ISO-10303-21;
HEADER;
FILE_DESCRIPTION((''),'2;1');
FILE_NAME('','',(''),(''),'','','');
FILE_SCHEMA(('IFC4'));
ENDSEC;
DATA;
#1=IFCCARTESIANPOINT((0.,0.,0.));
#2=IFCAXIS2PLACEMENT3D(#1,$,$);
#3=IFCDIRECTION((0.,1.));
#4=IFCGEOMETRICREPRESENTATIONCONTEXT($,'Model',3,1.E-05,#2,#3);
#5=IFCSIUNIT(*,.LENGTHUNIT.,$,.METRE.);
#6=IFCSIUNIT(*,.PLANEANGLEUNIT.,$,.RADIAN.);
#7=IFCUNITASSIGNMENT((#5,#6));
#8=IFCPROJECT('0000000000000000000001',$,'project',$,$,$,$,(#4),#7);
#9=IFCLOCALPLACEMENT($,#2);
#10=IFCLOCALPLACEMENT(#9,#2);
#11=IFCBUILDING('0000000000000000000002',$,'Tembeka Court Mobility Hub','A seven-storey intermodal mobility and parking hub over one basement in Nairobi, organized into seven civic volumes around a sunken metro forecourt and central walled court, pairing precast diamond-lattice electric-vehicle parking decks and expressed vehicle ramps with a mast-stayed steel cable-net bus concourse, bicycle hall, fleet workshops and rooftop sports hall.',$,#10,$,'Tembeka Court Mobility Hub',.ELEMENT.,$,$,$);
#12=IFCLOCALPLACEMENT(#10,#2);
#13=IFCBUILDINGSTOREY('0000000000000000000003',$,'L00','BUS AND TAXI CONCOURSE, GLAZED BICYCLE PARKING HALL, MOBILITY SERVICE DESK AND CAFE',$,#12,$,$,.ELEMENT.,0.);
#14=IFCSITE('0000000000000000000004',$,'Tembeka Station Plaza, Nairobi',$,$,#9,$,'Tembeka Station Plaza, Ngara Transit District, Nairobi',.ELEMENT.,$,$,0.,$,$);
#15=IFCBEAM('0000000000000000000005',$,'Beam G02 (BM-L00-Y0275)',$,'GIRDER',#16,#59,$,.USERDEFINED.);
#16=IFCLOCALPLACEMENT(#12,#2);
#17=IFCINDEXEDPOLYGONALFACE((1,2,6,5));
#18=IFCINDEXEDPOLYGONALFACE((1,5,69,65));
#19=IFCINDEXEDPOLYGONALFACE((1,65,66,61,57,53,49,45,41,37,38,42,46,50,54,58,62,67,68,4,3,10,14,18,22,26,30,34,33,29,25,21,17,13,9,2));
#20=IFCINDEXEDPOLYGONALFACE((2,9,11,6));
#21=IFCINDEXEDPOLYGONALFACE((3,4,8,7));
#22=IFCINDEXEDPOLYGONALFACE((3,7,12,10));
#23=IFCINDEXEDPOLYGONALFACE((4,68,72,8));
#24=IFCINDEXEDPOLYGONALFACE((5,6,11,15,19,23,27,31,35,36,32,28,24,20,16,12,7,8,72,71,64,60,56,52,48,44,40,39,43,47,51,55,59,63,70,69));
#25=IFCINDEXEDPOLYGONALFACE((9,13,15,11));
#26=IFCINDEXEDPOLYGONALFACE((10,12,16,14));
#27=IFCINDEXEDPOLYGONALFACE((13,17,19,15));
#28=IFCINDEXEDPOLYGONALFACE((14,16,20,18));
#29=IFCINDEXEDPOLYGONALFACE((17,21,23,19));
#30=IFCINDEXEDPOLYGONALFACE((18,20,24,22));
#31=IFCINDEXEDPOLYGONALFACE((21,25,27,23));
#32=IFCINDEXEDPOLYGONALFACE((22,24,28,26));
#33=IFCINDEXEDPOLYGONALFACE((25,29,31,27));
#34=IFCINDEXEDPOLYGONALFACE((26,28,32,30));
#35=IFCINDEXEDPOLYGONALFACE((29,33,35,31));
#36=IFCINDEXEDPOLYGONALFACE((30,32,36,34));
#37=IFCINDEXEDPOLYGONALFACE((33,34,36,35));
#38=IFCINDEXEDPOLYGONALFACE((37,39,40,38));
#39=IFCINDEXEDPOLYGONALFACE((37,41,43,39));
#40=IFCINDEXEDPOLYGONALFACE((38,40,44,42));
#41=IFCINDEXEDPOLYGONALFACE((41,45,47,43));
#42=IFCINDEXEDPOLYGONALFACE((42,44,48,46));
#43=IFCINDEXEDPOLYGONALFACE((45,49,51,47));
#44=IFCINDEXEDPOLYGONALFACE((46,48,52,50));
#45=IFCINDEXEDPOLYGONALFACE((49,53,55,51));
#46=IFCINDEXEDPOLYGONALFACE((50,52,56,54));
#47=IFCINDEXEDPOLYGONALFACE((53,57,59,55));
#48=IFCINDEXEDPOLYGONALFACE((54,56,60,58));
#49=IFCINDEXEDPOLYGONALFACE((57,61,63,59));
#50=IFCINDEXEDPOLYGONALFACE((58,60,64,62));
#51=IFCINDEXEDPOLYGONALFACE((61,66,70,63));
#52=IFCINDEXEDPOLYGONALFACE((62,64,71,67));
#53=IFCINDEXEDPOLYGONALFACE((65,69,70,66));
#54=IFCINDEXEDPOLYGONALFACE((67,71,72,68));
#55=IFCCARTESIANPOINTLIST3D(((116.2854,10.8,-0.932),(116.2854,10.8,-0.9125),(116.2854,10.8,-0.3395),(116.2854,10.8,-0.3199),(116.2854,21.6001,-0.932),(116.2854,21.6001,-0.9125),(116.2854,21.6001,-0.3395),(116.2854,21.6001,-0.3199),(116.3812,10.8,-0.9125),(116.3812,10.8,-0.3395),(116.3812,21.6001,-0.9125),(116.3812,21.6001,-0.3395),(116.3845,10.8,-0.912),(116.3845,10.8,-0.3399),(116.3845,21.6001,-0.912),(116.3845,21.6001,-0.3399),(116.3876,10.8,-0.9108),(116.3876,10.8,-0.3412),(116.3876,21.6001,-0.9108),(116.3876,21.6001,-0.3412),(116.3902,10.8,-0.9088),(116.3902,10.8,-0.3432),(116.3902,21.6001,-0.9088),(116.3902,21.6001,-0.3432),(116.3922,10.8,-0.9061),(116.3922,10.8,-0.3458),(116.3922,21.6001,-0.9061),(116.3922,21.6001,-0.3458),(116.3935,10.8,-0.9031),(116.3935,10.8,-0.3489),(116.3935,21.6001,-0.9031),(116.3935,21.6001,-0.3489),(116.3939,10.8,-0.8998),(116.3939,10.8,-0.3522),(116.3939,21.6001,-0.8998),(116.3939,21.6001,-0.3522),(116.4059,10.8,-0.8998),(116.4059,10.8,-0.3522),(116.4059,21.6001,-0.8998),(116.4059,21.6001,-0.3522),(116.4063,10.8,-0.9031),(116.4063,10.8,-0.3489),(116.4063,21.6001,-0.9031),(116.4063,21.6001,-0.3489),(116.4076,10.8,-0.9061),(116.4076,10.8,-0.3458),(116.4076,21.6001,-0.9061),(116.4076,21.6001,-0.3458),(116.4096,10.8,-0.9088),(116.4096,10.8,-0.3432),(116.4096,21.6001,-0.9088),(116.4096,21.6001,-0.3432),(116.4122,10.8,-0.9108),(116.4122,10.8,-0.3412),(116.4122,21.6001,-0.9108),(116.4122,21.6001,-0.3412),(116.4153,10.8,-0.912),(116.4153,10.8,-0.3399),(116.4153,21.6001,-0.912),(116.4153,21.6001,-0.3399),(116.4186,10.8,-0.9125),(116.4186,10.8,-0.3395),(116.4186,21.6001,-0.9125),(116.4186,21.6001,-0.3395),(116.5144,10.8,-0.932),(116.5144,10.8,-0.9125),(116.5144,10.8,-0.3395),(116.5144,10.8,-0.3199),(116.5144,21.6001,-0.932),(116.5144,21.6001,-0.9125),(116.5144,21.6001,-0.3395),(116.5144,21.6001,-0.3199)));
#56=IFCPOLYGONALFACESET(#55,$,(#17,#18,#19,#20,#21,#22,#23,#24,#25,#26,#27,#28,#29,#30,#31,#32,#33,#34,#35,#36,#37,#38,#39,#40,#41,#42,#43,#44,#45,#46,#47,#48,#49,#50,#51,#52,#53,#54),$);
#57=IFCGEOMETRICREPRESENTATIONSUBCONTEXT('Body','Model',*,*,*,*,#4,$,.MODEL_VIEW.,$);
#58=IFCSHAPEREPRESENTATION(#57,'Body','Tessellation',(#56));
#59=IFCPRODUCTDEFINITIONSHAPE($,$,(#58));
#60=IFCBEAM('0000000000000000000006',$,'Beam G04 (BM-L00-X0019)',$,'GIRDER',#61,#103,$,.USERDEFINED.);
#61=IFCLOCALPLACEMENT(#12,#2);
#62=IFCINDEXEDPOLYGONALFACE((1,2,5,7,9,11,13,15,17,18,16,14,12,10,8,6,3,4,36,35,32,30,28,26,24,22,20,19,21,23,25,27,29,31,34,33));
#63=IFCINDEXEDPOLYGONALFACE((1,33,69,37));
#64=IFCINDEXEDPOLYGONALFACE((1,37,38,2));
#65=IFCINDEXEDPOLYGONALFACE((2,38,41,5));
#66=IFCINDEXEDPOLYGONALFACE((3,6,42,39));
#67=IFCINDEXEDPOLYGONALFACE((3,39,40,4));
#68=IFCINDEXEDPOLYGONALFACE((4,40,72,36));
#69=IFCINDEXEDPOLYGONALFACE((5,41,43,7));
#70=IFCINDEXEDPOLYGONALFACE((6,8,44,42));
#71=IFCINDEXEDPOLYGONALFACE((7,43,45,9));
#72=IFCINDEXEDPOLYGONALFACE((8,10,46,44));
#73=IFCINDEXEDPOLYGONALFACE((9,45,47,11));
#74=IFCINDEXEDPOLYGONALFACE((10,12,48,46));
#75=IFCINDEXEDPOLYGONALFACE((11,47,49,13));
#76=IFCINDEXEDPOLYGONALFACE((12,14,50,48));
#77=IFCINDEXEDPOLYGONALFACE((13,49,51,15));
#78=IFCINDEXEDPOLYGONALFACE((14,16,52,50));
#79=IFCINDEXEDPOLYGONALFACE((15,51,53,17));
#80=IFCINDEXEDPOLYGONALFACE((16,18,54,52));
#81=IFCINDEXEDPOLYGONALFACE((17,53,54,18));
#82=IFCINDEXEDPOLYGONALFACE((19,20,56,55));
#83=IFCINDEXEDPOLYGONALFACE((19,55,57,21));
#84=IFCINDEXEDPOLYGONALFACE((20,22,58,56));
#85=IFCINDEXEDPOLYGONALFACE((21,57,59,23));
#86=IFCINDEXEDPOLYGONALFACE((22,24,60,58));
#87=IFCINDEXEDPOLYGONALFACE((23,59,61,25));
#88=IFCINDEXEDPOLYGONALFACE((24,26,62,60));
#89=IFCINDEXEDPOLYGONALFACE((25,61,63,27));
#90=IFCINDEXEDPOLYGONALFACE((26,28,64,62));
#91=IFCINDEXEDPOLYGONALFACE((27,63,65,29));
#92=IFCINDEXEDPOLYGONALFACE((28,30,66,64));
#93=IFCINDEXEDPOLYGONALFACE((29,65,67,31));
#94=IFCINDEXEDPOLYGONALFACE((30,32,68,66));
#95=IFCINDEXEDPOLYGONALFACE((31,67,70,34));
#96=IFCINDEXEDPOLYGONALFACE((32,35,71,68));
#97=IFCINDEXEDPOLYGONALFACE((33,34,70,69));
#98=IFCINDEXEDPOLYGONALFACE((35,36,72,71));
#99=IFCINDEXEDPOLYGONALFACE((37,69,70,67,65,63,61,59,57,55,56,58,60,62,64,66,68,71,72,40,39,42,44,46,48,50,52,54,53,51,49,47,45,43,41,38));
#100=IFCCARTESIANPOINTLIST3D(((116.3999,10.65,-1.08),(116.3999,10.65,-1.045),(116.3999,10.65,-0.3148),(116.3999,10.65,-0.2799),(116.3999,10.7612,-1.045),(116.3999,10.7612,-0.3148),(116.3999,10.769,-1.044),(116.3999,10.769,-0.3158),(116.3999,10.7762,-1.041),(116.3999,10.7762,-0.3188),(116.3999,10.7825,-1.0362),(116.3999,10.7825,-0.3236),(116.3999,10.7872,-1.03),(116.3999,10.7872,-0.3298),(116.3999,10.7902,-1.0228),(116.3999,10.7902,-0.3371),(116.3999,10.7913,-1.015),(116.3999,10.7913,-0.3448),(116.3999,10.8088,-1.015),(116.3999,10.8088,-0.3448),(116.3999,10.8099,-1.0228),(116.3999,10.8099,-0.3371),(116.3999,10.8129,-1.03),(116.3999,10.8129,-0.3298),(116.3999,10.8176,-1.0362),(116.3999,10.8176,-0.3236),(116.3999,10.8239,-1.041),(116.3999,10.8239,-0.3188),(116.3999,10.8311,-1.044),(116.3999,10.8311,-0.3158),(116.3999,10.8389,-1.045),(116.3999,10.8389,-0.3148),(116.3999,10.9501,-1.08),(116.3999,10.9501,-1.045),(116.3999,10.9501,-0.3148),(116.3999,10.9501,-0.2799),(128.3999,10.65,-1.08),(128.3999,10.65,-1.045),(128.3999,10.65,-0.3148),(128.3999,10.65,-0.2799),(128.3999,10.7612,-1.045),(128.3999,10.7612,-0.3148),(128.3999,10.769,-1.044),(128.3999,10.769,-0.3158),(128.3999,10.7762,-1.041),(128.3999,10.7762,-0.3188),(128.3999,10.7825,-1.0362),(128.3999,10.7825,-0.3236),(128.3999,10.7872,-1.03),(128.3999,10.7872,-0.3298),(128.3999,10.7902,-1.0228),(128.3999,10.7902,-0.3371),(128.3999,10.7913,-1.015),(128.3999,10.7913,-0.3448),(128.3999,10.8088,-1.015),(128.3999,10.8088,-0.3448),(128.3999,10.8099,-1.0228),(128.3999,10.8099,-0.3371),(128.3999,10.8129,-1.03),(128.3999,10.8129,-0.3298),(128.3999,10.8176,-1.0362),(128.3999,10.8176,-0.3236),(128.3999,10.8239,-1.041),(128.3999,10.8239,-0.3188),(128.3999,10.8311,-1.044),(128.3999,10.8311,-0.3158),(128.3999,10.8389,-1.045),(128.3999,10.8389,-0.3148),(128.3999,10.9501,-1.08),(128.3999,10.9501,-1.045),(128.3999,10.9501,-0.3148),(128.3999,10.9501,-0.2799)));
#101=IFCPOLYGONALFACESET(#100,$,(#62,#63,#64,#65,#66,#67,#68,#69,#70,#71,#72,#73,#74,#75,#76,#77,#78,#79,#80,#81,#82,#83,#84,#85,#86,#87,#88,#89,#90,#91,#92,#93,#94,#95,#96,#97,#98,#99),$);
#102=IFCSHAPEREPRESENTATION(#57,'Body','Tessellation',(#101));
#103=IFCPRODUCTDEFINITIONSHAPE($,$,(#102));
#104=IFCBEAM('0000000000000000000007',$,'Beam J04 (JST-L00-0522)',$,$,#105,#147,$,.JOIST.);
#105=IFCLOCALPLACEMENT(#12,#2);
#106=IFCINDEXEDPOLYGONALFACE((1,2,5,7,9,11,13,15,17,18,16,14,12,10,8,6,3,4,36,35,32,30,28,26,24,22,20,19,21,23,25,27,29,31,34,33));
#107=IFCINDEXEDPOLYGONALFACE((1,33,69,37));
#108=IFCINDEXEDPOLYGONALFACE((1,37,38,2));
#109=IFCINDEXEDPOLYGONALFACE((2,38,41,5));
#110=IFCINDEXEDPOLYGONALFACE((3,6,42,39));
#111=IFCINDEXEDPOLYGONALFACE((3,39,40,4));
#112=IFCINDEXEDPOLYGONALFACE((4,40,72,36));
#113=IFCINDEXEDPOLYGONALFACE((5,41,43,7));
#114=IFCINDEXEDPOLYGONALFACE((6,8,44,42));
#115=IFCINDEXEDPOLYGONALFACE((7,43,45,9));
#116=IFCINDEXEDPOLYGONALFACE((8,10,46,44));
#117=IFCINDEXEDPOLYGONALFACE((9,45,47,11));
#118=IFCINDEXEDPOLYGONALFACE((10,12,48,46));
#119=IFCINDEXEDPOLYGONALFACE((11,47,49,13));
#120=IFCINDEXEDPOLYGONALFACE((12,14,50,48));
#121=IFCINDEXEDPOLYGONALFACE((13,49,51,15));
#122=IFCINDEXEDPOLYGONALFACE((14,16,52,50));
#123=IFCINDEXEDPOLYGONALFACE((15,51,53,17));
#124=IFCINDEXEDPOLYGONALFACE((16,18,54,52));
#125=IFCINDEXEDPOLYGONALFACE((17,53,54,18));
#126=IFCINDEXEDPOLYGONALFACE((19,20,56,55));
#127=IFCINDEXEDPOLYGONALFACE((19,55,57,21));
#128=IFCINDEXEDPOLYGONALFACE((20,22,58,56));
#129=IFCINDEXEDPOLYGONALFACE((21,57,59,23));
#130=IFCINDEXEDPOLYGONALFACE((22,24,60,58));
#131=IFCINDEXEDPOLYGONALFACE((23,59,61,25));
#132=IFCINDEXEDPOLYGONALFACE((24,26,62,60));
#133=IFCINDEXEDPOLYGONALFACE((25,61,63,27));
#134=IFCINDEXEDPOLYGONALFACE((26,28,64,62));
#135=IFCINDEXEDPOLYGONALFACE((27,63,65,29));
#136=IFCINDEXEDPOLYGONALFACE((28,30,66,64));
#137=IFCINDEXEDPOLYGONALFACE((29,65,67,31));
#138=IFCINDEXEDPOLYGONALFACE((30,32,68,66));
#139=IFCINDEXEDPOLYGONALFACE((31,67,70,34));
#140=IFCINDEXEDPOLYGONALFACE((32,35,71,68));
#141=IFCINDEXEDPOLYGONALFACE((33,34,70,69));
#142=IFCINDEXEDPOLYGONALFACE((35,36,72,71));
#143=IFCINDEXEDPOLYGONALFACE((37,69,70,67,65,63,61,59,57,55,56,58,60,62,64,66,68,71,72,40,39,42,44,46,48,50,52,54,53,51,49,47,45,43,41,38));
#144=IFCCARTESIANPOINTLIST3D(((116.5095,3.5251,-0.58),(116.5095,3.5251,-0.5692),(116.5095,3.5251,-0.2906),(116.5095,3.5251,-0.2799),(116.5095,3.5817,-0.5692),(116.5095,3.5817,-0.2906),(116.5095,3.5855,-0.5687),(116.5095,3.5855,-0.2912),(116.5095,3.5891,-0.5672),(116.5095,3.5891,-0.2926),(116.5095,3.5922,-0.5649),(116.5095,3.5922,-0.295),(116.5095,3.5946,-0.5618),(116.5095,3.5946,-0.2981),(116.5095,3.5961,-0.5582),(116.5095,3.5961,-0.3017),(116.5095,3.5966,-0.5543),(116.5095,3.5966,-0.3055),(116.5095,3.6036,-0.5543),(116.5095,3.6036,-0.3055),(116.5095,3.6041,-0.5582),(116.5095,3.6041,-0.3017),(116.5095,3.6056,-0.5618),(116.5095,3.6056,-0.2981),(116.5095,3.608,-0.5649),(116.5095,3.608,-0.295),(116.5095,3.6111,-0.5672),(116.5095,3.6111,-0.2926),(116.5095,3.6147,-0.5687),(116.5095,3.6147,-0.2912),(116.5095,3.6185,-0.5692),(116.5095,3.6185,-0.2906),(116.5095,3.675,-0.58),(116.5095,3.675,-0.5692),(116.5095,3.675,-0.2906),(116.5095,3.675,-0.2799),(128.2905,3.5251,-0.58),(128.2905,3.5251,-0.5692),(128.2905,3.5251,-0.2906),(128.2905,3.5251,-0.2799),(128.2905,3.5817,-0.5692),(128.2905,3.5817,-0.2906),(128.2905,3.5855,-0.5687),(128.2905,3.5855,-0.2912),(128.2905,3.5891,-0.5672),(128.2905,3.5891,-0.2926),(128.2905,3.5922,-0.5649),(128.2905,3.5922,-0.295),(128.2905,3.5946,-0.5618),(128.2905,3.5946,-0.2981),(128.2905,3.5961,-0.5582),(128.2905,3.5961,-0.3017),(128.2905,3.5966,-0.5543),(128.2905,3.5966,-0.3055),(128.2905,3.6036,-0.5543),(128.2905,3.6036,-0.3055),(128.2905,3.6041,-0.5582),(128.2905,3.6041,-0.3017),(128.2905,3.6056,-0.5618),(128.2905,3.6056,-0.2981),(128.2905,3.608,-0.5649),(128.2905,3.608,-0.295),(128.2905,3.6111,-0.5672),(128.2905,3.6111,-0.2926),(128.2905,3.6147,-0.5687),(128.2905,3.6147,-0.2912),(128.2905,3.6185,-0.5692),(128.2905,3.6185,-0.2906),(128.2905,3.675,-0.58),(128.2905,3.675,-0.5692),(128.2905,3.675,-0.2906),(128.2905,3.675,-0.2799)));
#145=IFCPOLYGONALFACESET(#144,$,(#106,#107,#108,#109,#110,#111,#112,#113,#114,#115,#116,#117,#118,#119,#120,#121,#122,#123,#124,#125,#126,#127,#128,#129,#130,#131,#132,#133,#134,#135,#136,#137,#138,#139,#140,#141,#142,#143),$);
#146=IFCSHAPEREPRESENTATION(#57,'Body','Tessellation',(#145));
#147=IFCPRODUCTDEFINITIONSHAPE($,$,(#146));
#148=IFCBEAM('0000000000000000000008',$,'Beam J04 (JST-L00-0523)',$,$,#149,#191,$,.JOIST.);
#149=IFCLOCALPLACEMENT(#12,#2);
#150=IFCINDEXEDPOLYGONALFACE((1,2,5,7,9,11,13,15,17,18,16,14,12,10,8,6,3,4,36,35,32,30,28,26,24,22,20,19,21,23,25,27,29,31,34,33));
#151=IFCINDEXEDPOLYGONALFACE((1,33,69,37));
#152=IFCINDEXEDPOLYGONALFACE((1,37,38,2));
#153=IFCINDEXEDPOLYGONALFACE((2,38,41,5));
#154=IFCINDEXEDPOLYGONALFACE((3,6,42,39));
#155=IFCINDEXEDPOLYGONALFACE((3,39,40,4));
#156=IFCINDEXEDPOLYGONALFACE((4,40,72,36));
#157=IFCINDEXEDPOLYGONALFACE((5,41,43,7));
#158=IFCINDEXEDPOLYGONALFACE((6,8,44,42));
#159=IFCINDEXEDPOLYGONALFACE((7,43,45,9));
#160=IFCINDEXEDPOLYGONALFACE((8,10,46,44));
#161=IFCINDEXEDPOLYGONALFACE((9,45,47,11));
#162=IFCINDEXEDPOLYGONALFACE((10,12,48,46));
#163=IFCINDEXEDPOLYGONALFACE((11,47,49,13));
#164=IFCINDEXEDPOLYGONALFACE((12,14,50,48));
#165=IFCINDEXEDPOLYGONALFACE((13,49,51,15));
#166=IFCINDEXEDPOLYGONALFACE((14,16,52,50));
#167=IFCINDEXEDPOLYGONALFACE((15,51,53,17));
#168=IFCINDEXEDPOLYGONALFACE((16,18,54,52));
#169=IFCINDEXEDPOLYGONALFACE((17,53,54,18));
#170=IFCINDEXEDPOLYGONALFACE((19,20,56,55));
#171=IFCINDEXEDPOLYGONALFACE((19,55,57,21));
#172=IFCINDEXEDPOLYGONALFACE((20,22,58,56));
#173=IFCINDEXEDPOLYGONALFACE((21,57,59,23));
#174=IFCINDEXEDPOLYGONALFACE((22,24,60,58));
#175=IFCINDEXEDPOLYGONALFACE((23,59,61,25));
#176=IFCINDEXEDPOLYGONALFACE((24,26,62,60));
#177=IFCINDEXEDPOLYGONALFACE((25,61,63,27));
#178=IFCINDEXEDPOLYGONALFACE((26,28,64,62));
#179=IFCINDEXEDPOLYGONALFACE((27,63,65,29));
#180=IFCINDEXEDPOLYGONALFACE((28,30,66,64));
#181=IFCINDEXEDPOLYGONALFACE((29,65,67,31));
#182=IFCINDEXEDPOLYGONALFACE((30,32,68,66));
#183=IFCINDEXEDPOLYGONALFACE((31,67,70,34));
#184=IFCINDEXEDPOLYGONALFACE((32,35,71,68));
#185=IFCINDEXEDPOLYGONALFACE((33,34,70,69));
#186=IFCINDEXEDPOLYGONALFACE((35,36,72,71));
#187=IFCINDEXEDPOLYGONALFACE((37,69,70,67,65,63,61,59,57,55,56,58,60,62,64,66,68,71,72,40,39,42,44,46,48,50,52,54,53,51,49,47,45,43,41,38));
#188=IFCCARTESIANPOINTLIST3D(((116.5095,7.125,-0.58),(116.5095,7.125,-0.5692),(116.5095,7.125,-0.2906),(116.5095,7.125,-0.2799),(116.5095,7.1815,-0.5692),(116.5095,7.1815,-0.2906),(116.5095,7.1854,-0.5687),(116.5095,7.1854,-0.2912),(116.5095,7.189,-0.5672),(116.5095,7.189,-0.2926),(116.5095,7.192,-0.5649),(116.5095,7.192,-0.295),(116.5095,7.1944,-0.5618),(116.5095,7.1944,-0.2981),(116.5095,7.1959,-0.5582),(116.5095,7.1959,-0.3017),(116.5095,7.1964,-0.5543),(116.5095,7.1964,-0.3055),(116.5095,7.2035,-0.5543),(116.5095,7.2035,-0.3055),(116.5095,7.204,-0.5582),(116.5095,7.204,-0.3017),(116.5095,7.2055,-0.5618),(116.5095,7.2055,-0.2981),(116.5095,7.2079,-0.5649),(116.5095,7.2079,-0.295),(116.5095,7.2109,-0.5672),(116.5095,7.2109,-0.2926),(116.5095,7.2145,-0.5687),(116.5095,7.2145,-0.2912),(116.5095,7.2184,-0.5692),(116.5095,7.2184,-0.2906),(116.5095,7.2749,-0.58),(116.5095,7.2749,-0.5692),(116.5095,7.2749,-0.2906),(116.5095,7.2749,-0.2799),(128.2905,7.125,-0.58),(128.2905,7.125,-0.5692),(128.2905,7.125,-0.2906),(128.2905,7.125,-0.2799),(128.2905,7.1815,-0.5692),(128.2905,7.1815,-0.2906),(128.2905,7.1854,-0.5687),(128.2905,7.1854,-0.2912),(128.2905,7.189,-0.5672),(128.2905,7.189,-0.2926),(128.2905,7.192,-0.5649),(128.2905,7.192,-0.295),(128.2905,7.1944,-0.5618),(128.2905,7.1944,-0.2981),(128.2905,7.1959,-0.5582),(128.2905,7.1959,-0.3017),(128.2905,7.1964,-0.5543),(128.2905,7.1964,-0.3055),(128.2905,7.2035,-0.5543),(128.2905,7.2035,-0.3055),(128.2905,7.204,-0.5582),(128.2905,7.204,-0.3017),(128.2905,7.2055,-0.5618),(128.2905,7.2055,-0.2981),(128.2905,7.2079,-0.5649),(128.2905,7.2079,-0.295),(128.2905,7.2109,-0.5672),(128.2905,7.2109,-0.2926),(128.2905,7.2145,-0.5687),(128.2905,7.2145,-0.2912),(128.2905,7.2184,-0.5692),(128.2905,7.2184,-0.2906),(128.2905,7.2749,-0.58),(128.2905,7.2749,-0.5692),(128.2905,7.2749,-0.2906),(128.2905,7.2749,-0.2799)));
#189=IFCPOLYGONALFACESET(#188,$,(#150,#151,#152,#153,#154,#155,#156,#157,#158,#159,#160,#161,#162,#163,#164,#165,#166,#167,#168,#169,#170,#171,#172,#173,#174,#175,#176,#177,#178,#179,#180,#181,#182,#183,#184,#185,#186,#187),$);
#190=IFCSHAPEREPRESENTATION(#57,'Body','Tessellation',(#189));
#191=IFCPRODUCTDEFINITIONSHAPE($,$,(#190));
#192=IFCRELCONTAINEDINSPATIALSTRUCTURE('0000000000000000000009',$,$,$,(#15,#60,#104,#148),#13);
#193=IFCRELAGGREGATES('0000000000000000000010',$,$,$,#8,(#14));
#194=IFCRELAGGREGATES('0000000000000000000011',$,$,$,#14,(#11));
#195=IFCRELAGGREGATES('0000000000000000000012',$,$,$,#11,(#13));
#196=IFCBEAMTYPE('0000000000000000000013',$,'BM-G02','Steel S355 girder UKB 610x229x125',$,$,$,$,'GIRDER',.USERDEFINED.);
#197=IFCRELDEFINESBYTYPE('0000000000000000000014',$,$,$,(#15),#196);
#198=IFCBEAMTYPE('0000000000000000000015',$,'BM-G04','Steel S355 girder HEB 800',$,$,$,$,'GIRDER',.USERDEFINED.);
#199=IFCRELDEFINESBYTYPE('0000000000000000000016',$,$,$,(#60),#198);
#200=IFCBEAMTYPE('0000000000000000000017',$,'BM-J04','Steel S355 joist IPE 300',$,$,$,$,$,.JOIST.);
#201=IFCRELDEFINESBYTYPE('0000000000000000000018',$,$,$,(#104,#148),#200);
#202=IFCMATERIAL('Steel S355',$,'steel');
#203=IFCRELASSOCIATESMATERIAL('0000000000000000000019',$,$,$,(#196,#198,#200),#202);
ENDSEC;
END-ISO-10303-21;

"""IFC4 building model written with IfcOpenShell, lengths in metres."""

from ifc_helpers import new_model, si_unit, direction, frame, origin, origin_2d, place, context, subcontext, project, spatial, i_section, extrude, material, material_profile, profile_set, type_object, element, save


model = new_model("IFC4")

# Units and contexts
model_context = context("Model", 3, precision=1e-05, world=origin(), true_north=direction((0.0, 1.0)))
body_context = subcontext(model_context, "Body", "Model", "MODEL_VIEW")
ifc_project = project(units=[si_unit("LENGTHUNIT", "METRE"), si_unit("PLANEANGLEUNIT", "RADIAN")], contexts=[model_context])

# Site, building, storey
site_placement = place(None, origin())
site = spatial("IfcSite", under=ifc_project, at=site_placement, Name="Tembeka Station Plaza, Nairobi", LongName="Tembeka Station Plaza, Ngara Transit District, Nairobi", CompositionType="ELEMENT", RefElevation=0.0)
building_placement = place(site_placement, origin())
building = spatial("IfcBuilding", under=site, at=building_placement, Name="Tembeka Court Mobility Hub", Description="A seven-storey intermodal mobility and parking hub over one basement in Nairobi, organized into seven civic volumes around a sunken metro forecourt and central walled court, pairing precast diamond-lattice electric-vehicle parking decks and expressed vehicle ramps with a mast-stayed steel cable-net bus concourse, bicycle hall, fleet workshops and rooftop sports hall.", LongName="Tembeka Court Mobility Hub", CompositionType="ELEMENT")
storey_placement = place(building_placement, origin())
storey = spatial("IfcBuildingStorey", under=building, at=storey_placement, Name="L00", Description="BUS AND TAXI CONCOURSE, GLAZED BICYCLE PARKING HALL, MOBILITY SERVICE DESK AND CAFE", CompositionType="ELEMENT", Elevation=0.0)

# Beams
ifc_material_1 = material(Name="Steel S355", Category="steel")
ifc_material_profile_1 = material_profile(ifc_material_1, i_section(OverallWidth=0.229, OverallDepth=0.6121, WebThickness=0.012, FlangeThickness=0.0195, FilletRadius=0.0127, at=origin_2d()), Name="UKB 610x229x125")
ifc_profile_set_1 = profile_set([ifc_material_profile_1], Name="Steel S355")
beam_type_1 = type_object("IfcBeamType", Name="BM-G02", Description="Steel S355 girder UKB 610x229x125", ElementType="GIRDER", PredefinedType="USERDEFINED", material=ifc_profile_set_1)
beam_1_placement = place(storey_placement, frame((116.3999, 10.8, -0.626), z_axis=(0.0, 1.0, 0.0), x_axis=(-1.0, 0.0, 0.0)))
element("IfcBeam", 1, at=beam_1_placement, inside=storey, type_object=beam_type_1, Name="Beam G02 (BM-L00-Y0275)", ObjectType="GIRDER", PredefinedType="USERDEFINED", context=body_context, shape_type="SweptSolid", body=[
    extrude(i_section(OverallWidth=0.229, OverallDepth=0.6121, WebThickness=0.012, FlangeThickness=0.0195, FilletRadius=0.0127, at=origin_2d()), origin(), (0.0, 0.0, 1.0), 10.8),
])
ifc_material_profile_2 = material_profile(ifc_material_1, i_section(OverallWidth=0.3, OverallDepth=0.8, WebThickness=0.0176, FlangeThickness=0.0349, FilletRadius=0.03, at=origin_2d()), Name="HEB 800")
ifc_profile_set_2 = profile_set([ifc_material_profile_2], Name="Steel S355")
beam_type_2 = type_object("IfcBeamType", Name="BM-G04", Description="Steel S355 girder HEB 800", ElementType="GIRDER", PredefinedType="USERDEFINED", material=ifc_profile_set_2)
beam_2_placement = place(storey_placement, frame((116.3999, 10.8, -0.6799), z_axis=(1.0, 0.0, 0.0), x_axis=(0.0, 1.0, 0.0)))
element("IfcBeam", 2, at=beam_2_placement, inside=storey, type_object=beam_type_2, Name="Beam G04 (BM-L00-X0019)", ObjectType="GIRDER", PredefinedType="USERDEFINED", context=body_context, shape_type="SweptSolid", body=[
    extrude(i_section(OverallWidth=0.3, OverallDepth=0.8, WebThickness=0.0176, FlangeThickness=0.0349, FilletRadius=0.03, at=origin_2d()), origin(), (0.0, 0.0, 1.0), 12.0),
])
ifc_material_profile_3 = material_profile(ifc_material_1, i_section(OverallWidth=0.1499, OverallDepth=0.3, WebThickness=0.0071, FlangeThickness=0.0107, FilletRadius=0.0149, at=origin_2d()), Name="IPE 300")
ifc_profile_set_3 = profile_set([ifc_material_profile_3], Name="Steel S355")
beam_type_3 = type_object("IfcBeamType", Name="BM-J04", Description="Steel S355 joist IPE 300", PredefinedType="JOIST", material=ifc_profile_set_3)
for number, where, z_axis, x_axis, name in (
    (3, (116.5095, 3.6001, -0.4299), (1.0, 0.0, 0.0), (0.0, 1.0, 0.0), "Beam J04 (JST-L00-0522)"),
    (4, (116.5095, 7.2, -0.4299), (1.0, 0.0, 0.0), (0.0, 1.0, 0.0), "Beam J04 (JST-L00-0523)"),
):
    element("IfcBeam", number, at=place(storey_placement, frame(where, z_axis=z_axis, x_axis=x_axis)), inside=storey, type_object=beam_type_3, Name=name, PredefinedType="JOIST", context=body_context, shape_type="SweptSolid", body=[
        extrude(i_section(OverallWidth=0.1499, OverallDepth=0.3, WebThickness=0.0071, FlangeThickness=0.0107, FilletRadius=0.0149, at=origin_2d()), origin(), (0.0, 0.0, 1.0), 11.781),
    ])

save(model, "model.ifc")
